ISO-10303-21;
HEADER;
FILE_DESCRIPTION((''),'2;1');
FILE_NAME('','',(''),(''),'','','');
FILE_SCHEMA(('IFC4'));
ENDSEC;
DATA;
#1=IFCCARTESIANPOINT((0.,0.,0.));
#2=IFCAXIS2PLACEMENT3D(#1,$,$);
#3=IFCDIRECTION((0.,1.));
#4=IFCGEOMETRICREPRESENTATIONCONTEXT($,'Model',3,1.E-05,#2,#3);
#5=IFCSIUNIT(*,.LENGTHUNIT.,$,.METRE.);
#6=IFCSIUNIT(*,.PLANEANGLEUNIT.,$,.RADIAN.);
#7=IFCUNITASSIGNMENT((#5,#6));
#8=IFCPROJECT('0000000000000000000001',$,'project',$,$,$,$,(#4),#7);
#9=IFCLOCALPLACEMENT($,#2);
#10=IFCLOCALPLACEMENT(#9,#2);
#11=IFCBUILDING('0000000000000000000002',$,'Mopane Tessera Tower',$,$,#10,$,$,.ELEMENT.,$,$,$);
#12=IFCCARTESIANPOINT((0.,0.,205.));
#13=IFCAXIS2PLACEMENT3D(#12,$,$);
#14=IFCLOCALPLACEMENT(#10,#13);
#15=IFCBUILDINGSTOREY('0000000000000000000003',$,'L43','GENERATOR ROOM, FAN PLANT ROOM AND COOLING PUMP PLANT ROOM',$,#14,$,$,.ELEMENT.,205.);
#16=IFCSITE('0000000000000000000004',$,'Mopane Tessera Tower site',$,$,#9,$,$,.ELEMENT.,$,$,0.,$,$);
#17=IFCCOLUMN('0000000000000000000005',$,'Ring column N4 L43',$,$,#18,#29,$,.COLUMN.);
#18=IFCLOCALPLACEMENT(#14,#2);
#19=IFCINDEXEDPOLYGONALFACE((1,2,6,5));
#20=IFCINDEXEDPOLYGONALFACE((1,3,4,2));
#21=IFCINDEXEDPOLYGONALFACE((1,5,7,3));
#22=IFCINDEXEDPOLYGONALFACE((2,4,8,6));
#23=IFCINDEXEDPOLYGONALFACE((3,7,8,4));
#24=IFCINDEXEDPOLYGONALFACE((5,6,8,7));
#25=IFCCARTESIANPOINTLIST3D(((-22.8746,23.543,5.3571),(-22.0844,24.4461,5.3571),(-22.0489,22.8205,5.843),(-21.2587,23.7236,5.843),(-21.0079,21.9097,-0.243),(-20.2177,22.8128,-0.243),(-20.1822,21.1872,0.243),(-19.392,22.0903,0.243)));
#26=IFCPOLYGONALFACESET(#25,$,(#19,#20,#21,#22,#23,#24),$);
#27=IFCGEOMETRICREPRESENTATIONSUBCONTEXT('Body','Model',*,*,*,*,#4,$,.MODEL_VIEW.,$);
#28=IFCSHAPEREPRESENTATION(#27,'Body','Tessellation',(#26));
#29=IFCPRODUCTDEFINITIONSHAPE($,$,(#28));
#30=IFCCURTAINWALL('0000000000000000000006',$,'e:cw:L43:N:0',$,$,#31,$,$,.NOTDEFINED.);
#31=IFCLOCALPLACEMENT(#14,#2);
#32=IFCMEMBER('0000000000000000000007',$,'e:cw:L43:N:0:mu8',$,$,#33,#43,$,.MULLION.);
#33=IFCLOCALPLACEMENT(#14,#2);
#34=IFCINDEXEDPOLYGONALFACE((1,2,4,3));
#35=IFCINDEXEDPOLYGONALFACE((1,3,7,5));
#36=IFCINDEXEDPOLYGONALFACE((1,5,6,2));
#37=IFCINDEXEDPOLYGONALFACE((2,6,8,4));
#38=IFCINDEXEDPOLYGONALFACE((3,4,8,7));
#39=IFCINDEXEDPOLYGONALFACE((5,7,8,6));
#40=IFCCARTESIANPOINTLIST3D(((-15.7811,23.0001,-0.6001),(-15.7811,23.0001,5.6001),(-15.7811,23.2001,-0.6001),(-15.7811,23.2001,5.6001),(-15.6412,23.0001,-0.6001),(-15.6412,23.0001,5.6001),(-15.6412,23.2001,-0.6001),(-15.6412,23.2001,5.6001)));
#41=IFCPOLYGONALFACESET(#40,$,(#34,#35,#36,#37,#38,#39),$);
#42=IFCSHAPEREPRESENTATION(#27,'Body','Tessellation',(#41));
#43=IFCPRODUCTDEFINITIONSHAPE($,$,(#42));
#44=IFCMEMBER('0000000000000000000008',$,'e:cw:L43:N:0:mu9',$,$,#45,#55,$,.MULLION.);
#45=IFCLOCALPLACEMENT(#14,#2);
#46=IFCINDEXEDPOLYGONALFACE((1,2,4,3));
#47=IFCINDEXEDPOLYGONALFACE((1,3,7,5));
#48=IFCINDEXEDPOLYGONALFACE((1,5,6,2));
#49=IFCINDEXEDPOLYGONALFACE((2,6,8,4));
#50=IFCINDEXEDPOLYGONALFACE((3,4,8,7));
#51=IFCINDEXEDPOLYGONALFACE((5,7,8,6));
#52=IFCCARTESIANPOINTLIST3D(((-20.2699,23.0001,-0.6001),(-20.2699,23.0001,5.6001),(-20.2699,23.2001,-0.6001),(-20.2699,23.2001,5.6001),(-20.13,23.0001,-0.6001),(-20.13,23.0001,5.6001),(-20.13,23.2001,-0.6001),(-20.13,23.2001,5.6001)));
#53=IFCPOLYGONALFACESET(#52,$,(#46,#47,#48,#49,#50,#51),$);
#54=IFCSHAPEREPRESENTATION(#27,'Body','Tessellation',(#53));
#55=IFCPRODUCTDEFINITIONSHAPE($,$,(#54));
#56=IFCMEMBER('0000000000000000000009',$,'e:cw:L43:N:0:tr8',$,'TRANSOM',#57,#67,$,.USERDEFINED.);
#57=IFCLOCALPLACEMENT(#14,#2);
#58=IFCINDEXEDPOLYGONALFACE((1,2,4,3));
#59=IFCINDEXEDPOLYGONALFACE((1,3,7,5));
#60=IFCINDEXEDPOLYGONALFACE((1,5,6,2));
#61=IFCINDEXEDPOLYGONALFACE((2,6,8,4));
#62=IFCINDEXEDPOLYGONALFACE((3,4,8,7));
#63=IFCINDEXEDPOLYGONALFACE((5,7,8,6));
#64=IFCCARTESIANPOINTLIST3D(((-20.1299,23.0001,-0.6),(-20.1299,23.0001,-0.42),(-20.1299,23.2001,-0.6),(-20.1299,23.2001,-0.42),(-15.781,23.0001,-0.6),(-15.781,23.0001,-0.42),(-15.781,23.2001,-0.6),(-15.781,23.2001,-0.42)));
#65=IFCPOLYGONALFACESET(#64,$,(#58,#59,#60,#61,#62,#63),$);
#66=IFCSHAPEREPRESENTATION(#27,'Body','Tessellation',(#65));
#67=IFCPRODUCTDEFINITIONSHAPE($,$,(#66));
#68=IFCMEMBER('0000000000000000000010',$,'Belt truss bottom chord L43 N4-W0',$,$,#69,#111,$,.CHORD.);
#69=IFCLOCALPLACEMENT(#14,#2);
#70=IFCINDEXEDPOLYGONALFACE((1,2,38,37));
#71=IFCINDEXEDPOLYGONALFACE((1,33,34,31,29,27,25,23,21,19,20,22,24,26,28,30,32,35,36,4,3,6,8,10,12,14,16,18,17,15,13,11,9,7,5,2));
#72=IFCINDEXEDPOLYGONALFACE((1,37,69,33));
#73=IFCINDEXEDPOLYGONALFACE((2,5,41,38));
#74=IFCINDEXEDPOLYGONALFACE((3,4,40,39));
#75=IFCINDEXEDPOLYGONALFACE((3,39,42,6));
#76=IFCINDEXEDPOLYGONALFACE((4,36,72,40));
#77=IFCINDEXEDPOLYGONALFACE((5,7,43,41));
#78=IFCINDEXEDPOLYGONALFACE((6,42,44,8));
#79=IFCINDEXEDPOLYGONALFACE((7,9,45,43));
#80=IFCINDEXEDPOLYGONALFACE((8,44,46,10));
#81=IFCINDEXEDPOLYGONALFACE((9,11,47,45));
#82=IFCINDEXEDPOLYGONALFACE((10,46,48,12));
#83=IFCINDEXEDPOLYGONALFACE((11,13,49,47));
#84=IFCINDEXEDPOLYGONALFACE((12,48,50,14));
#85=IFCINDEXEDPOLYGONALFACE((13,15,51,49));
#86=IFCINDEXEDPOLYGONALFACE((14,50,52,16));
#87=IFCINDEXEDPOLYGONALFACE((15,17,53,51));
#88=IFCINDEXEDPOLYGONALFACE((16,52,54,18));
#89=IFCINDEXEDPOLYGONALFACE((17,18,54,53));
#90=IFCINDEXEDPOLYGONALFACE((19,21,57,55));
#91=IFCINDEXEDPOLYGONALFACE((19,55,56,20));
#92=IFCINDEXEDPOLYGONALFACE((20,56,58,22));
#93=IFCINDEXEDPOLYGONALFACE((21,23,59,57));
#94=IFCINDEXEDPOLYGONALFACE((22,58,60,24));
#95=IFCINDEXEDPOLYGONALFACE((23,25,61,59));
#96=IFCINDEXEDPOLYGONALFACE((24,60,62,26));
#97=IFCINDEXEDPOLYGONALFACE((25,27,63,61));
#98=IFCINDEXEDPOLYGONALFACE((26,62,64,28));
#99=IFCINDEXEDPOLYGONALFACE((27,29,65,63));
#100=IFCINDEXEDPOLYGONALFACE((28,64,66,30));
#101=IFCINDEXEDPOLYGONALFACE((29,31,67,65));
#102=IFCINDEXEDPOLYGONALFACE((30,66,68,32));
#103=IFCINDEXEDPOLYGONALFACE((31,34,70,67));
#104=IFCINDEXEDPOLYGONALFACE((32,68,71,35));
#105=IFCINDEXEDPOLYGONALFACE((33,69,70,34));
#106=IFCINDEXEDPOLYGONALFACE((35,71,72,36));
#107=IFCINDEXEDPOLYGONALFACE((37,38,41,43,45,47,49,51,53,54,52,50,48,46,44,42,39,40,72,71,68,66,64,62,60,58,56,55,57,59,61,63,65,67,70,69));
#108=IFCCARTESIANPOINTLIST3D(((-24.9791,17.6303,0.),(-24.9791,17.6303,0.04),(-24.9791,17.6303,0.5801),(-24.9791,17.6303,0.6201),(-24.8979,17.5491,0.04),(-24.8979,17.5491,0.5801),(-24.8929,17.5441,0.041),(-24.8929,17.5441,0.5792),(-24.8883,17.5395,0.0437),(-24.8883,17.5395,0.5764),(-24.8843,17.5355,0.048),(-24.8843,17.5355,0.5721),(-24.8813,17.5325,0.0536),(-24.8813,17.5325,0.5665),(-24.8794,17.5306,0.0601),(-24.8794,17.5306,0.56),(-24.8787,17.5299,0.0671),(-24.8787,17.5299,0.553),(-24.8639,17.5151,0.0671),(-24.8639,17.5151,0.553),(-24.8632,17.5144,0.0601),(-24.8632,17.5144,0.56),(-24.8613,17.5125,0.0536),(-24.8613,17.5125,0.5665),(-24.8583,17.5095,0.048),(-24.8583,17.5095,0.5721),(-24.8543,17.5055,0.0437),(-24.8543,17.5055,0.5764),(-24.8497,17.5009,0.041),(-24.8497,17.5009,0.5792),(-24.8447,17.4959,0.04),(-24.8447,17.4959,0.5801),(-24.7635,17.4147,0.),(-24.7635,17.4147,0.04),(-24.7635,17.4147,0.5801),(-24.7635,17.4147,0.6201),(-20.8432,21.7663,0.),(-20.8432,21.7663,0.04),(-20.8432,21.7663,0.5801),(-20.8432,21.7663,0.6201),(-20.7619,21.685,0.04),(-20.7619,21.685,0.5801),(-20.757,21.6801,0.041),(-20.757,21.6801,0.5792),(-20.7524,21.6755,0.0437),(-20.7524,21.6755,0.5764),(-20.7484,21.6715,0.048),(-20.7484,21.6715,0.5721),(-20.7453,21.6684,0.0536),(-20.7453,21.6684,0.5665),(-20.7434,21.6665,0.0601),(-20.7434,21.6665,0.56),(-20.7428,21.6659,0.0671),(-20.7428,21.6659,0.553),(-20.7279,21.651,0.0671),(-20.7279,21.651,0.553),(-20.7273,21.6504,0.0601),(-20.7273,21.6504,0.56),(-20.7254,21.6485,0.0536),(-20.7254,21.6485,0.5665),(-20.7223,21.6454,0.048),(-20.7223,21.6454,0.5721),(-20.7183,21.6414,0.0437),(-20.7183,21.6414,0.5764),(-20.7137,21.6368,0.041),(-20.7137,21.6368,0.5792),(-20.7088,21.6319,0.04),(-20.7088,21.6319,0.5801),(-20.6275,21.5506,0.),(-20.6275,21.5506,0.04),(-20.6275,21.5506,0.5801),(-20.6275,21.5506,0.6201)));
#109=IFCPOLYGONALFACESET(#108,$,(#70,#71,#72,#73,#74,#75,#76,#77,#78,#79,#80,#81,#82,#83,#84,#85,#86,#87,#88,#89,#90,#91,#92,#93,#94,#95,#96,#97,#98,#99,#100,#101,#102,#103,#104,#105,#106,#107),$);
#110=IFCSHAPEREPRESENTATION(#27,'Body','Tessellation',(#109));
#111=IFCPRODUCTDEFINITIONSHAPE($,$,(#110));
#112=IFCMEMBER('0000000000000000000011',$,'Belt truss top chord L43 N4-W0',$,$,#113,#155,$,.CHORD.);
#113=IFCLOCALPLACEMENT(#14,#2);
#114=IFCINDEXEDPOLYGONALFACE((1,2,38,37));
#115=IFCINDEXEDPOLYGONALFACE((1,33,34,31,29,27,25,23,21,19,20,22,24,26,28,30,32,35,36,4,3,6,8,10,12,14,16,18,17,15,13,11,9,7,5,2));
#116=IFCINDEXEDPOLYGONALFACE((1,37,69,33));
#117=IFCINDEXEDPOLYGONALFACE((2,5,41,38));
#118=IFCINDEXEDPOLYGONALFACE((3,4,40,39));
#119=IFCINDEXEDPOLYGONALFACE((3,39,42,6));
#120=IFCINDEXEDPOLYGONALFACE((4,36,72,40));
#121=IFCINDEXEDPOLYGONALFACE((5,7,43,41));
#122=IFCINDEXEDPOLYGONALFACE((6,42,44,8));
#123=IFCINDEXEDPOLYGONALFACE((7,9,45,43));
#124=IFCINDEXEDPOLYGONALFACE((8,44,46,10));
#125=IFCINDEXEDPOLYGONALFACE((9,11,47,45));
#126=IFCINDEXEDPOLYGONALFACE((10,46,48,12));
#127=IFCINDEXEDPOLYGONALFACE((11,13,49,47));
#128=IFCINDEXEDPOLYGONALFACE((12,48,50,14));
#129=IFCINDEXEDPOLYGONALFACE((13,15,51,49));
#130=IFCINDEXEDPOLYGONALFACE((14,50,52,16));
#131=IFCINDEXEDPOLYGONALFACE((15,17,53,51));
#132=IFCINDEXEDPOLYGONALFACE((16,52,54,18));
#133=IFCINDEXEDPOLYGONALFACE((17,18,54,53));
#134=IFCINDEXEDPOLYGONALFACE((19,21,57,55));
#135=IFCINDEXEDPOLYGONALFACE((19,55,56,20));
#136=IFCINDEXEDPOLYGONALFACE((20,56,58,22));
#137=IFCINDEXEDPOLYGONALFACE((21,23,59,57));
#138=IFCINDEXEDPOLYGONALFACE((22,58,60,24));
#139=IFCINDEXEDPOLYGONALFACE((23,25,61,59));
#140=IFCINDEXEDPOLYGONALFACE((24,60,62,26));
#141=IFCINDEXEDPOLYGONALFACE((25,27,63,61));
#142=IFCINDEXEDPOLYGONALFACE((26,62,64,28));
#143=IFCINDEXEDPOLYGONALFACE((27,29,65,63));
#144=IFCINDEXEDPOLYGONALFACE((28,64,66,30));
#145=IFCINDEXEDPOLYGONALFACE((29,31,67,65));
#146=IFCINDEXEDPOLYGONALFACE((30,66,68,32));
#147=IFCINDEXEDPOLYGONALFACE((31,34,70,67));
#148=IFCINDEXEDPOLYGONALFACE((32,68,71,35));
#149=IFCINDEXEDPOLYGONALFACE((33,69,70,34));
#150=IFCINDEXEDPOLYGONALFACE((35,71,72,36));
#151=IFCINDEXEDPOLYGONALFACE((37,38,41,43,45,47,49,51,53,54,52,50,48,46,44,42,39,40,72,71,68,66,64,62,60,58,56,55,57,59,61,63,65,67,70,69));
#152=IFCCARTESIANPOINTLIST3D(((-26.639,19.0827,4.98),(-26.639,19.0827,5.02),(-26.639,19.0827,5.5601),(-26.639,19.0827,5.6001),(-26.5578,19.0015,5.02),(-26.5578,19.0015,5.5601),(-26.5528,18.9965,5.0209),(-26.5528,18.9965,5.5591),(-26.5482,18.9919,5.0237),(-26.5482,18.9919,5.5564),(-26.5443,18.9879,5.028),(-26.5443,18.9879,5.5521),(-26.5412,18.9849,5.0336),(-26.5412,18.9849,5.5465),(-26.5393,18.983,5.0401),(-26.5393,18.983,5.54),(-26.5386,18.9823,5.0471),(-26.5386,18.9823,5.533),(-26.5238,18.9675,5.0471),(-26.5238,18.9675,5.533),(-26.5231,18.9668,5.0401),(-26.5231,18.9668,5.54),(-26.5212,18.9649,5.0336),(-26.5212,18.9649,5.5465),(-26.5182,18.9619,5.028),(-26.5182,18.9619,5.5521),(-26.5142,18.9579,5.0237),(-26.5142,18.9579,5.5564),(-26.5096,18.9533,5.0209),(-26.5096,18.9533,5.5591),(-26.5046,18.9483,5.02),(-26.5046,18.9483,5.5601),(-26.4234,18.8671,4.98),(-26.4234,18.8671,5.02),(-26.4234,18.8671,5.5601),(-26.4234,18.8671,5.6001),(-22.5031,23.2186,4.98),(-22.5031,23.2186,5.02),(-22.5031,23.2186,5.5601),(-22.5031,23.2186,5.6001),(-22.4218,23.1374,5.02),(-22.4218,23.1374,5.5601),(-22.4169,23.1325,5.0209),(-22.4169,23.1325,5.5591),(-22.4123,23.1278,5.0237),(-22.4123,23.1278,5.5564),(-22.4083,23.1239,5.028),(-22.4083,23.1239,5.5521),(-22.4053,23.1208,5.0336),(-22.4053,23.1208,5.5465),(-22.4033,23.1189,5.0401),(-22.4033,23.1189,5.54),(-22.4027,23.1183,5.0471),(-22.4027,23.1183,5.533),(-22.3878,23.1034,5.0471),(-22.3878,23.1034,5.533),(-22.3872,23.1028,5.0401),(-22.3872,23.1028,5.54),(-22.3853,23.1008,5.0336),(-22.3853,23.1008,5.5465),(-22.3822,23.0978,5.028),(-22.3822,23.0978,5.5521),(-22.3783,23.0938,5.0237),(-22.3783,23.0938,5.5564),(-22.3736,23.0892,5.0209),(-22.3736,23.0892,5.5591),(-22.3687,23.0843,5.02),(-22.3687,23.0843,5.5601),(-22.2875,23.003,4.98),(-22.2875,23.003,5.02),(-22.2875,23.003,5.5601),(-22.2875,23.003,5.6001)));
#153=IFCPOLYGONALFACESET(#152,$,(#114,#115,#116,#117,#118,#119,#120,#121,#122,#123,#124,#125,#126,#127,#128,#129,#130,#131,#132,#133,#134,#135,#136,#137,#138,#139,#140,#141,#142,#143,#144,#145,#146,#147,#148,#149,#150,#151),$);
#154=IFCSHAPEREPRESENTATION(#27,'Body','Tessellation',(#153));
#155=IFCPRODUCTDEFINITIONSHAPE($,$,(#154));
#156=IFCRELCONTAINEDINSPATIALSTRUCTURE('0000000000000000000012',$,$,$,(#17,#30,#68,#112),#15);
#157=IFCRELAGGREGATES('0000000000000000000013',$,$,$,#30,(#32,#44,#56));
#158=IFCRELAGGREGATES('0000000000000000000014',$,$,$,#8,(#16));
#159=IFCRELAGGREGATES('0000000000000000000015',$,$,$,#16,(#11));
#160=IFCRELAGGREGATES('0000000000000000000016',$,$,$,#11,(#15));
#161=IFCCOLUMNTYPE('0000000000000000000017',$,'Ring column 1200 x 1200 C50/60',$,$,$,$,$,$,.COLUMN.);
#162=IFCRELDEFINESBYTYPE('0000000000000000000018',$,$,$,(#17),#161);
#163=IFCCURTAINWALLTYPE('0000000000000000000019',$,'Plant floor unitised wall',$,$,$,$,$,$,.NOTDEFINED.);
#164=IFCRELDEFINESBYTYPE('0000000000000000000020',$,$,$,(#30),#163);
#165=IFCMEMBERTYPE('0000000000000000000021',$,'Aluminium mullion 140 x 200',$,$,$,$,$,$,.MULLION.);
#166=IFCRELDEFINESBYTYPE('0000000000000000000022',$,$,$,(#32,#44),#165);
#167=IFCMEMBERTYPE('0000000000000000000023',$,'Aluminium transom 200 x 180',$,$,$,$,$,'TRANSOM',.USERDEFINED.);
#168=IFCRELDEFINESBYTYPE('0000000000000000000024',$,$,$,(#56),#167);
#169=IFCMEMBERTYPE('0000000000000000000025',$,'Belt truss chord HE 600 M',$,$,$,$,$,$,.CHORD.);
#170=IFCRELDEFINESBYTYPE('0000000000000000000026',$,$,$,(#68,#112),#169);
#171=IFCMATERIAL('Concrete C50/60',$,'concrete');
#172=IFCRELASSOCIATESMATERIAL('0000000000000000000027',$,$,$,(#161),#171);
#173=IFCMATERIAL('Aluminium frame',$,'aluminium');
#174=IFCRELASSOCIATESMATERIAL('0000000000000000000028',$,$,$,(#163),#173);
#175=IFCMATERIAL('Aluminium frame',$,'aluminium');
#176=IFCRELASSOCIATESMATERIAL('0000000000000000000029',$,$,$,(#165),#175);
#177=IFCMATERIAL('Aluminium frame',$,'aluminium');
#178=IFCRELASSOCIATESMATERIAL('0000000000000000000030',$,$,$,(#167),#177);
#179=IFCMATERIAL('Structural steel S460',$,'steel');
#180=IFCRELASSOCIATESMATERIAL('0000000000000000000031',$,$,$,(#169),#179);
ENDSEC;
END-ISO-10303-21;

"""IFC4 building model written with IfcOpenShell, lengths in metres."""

from ifc_helpers import new_model, si_unit, direction, frame, origin, origin_2d, place, context, subcontext, project, spatial, rectangle, i_section, extrude, material, material_profile, profile_set, type_object, element, aggregate, save


model = new_model("IFC4")

# Units and contexts
model_context = context("Model", 3, precision=1e-05, world=origin(), true_north=direction((0.0, 1.0)))
body_context = subcontext(model_context, "Body", "Model", "MODEL_VIEW")
ifc_project = project(units=[si_unit("LENGTHUNIT", "METRE"), si_unit("PLANEANGLEUNIT", "RADIAN")], contexts=[model_context])

# Site, building, storey
site_placement = place(None, origin())
site = spatial("IfcSite", under=ifc_project, at=site_placement, Name="Mopane Tessera Tower site", CompositionType="ELEMENT", RefElevation=0.0)
building_placement = place(site_placement, origin())
building = spatial("IfcBuilding", under=site, at=building_placement, Name="Mopane Tessera Tower", CompositionType="ELEMENT")
storey_placement = place(building_placement, frame((0.0, 0.0, 205.0)))
storey = spatial("IfcBuildingStorey", under=building, at=storey_placement, Name="L43", Description="GENERATOR ROOM, FAN PLANT ROOM AND COOLING PUMP PLANT ROOM", CompositionType="ELEMENT", Elevation=205.0)

# Column
ifc_material_1 = material(Name="Concrete C50/60", Category="concrete")
ifc_material_profile_1 = material_profile(ifc_material_1, rectangle(XDim=1.2, YDim=1.2, at=origin_2d()))
ifc_profile_set_1 = profile_set([ifc_material_profile_1], Name="Concrete C50/60")
column_type = type_object("IfcColumnType", Name="Ring column 1200 x 1200 C50/60", PredefinedType="COLUMN", material=ifc_profile_set_1)
column_placement = place(storey_placement, frame((-20.2, 22.0, 0.0), z_axis=(-0.304777, 0.26667, 0.91433), x_axis=(-0.658491, -0.752589, 0.0)))
element("IfcColumn", 1, at=column_placement, inside=storey, type_object=column_type, Name="Ring column N4 L43", PredefinedType="COLUMN", context=body_context, shape_type="SweptSolid", body=[
    extrude(rectangle(XDim=1.2, YDim=1.2, at=origin_2d()), origin(), (0.0, 0.0, 1.0), 6.1248),
])

# Curtain wall, members
ifc_material_2 = material(Name="Aluminium frame", Category="aluminium")
curtain_wall_type = type_object("IfcCurtainWallType", Name="Plant floor unitised wall", PredefinedType="NOTDEFINED", material=ifc_material_2)
curtain_wall_placement = place(storey_placement, origin())
curtain_wall = element("IfcCurtainWall", 2, at=curtain_wall_placement, inside=storey, type_object=curtain_wall_type, Name="e:cw:L43:N:0", PredefinedType="NOTDEFINED")
ifc_material_3 = material(Name="Aluminium frame", Category="aluminium")
ifc_material_profile_2 = material_profile(ifc_material_3, rectangle(XDim=0.1399, YDim=0.2, at=origin_2d()))
ifc_profile_set_2 = profile_set([ifc_material_profile_2], Name="Aluminium frame")
member_type_1 = type_object("IfcMemberType", Name="Aluminium mullion 140 x 200", PredefinedType="MULLION", material=ifc_profile_set_2)
member_1_placement = place(storey_placement, frame((-15.7112, 23.1001, -0.6001), z_axis=(0.0, 0.0, 1.0), x_axis=(-1.0, 0.0, 0.0)))
member_1 = element("IfcMember", 3, at=member_1_placement, type_object=member_type_1, Name="e:cw:L43:N:0:mu8", PredefinedType="MULLION", context=body_context, shape_type="SweptSolid", body=[
    extrude(rectangle(XDim=0.1399, YDim=0.2, at=origin_2d()), origin(), (0.0, 0.0, 1.0), 6.2002),
])
member_2_placement = place(storey_placement, frame((-20.2, 23.1001, -0.6001), z_axis=(0.0, 0.0, 1.0), x_axis=(-1.0, 0.0, 0.0)))
member_2 = element("IfcMember", 4, at=member_2_placement, type_object=member_type_1, Name="e:cw:L43:N:0:mu9", PredefinedType="MULLION", context=body_context, shape_type="SweptSolid", body=[
    extrude(rectangle(XDim=0.1399, YDim=0.2, at=origin_2d()), origin(), (0.0, 0.0, 1.0), 6.2002),
])
ifc_material_4 = material(Name="Aluminium frame", Category="aluminium")
ifc_material_profile_3 = material_profile(ifc_material_4, rectangle(XDim=0.2, YDim=0.1799, at=origin_2d()))
ifc_profile_set_3 = profile_set([ifc_material_profile_3], Name="Aluminium frame")
member_type_2 = type_object("IfcMemberType", Name="Aluminium transom 200 x 180", ElementType="TRANSOM", PredefinedType="USERDEFINED", material=ifc_profile_set_3)
member_3_placement = place(storey_placement, frame((-15.781, 23.1001, -0.51), z_axis=(-1.0, 0.0, 0.0), x_axis=(0.0, -1.0, 0.0)))
member_3 = element("IfcMember", 5, at=member_3_placement, type_object=member_type_2, Name="e:cw:L43:N:0:tr8", ObjectType="TRANSOM", PredefinedType="USERDEFINED", context=body_context, shape_type="SweptSolid", body=[
    extrude(rectangle(XDim=0.2, YDim=0.1799, at=origin_2d()), origin(), (0.0, 0.0, 1.0), 4.3489),
])

# Members
ifc_material_5 = material(Name="Structural steel S460", Category="steel")
ifc_material_profile_4 = material_profile(ifc_material_5, i_section(OverallWidth=0.3049, OverallDepth=0.6201, WebThickness=0.021, FlangeThickness=0.04, FilletRadius=0.0271, at=origin_2d()))
ifc_profile_set_4 = profile_set([ifc_material_profile_4], Name="Structural steel S460")
member_type_3 = type_object("IfcMemberType", Name="Belt truss chord HE 600 M", PredefinedType="CHORD", material=ifc_profile_set_4)
for number, where, z_axis, x_axis, name in (
    (6, (-20.7354, 21.6584, 0.3101), (-0.707107, -0.707107, 0.0), (0.707107, -0.707107, 0.0), "Belt truss bottom chord L43 N4-W0"),
    (7, (-22.3953, 23.1108, 5.29), (-0.707107, -0.707107, 0.0), (0.707107, -0.707107, 0.0), "Belt truss top chord L43 N4-W0"),
):
    element("IfcMember", number, at=place(storey_placement, frame(where, z_axis=z_axis, x_axis=x_axis)), inside=storey, type_object=member_type_3, Name=name, PredefinedType="CHORD", context=body_context, shape_type="SweptSolid", body=[
        extrude(i_section(OverallWidth=0.3049, OverallDepth=0.6201, WebThickness=0.021, FlangeThickness=0.04, FilletRadius=0.0271, at=origin_2d()), origin(), (0.0, 0.0, 1.0), 5.8491),
    ])

aggregate(curtain_wall, [member_1, member_2, member_3])

save(model, "model.ifc")
